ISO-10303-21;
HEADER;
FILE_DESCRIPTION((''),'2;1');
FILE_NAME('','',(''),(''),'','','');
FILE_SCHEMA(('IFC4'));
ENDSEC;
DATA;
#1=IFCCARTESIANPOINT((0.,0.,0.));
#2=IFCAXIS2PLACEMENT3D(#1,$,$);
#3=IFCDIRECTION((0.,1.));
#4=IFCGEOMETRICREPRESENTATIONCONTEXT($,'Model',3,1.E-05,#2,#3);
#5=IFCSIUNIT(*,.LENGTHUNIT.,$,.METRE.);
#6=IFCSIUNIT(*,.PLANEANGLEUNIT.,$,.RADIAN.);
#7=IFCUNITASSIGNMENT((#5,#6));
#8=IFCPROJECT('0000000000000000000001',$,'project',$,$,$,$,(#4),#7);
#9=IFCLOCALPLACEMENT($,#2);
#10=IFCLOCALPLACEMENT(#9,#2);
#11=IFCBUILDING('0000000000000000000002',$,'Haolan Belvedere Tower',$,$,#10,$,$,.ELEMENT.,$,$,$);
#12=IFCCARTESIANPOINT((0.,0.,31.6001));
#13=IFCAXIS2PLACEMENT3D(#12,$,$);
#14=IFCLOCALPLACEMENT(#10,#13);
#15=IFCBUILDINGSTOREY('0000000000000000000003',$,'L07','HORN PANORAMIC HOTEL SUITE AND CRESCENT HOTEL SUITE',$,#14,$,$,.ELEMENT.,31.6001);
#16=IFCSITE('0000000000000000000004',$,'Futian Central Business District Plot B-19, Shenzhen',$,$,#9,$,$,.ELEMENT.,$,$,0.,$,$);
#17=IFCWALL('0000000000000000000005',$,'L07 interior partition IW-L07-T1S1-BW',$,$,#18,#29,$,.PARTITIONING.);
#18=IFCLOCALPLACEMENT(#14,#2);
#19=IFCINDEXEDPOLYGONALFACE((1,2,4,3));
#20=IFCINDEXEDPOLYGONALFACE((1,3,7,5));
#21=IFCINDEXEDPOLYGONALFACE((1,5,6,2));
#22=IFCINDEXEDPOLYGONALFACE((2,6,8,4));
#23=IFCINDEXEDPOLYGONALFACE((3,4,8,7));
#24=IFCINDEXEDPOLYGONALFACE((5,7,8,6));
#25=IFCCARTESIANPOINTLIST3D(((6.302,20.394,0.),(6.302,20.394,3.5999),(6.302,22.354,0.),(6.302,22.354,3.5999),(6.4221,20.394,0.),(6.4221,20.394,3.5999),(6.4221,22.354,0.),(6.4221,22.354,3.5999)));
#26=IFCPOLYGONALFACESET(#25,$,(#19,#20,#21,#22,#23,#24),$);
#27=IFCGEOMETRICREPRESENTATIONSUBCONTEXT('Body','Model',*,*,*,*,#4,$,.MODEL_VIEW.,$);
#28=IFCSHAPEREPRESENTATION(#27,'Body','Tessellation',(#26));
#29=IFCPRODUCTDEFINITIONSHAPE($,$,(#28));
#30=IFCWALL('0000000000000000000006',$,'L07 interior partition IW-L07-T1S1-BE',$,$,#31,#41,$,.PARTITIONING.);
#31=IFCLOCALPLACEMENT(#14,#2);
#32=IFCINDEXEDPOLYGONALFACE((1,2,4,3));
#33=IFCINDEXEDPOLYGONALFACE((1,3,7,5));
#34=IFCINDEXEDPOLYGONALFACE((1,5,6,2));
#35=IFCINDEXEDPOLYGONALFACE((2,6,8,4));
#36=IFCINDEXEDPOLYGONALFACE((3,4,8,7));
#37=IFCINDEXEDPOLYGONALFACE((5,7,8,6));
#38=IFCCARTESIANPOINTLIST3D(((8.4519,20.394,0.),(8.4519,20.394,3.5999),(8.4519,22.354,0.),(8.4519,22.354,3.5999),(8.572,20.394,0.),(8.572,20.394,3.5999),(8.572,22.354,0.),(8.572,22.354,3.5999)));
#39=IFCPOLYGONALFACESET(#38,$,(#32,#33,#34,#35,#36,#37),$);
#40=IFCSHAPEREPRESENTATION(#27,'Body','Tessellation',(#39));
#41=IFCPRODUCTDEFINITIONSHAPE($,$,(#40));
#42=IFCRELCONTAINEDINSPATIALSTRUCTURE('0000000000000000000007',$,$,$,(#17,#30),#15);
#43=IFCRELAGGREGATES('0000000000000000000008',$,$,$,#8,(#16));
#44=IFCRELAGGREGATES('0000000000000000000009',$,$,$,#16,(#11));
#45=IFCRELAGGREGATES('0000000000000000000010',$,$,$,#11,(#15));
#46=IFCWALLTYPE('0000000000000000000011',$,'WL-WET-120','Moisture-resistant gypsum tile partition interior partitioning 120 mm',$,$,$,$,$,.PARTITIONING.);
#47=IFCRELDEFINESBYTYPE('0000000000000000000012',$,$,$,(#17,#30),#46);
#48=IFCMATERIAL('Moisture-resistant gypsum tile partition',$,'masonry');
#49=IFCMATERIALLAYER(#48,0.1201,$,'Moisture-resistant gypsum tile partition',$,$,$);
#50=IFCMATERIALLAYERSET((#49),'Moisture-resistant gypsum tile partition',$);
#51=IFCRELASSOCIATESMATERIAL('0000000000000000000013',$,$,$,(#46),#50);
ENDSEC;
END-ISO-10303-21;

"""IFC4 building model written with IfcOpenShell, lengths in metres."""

from ifc_helpers import new_model, si_unit, direction, frame, frame_2d, origin, place, context, subcontext, project, spatial, rectangle, extrude, material, layer, layer_set, type_object, element, save


model = new_model("IFC4")

# Units and contexts
model_context = context("Model", 3, precision=1e-05, world=origin(), true_north=direction((0.0, 1.0)))
body_context = subcontext(model_context, "Body", "Model", "MODEL_VIEW")
ifc_project = project(units=[si_unit("LENGTHUNIT", "METRE"), si_unit("PLANEANGLEUNIT", "RADIAN")], contexts=[model_context])

# Site, building, storey
site_placement = place(None, origin())
site = spatial("IfcSite", under=ifc_project, at=site_placement, Name="Futian Central Business District Plot B-19, Shenzhen", CompositionType="ELEMENT", RefElevation=0.0)
building_placement = place(site_placement, origin())
building = spatial("IfcBuilding", under=site, at=building_placement, Name="Haolan Belvedere Tower", CompositionType="ELEMENT")
storey_placement = place(building_placement, frame((0.0, 0.0, 31.6001)))
storey = spatial("IfcBuildingStorey", under=building, at=storey_placement, Name="L07", Description="HORN PANORAMIC HOTEL SUITE AND CRESCENT HOTEL SUITE", CompositionType="ELEMENT", Elevation=31.6001)

# Shared definitions
ifc_material_1 = material(Name="Moisture-resistant gypsum tile partition", Category="masonry")
ifc_layer_1 = layer(ifc_material_1, 0.1201, Name="Moisture-resistant gypsum tile partition")
ifc_layer_set_1 = layer_set([ifc_layer_1], Name="Moisture-resistant gypsum tile partition")
wall_type_1 = type_object("IfcWallType", Name="WL-WET-120", Description="Moisture-resistant gypsum tile partition interior partitioning 120 mm", PredefinedType="PARTITIONING", material=ifc_layer_set_1)

# Walls
for number, where, z_axis, x_axis, name in (
    (1, (6.3621, 20.394, 0.0), (0.0, 0.0, 1.0), (0.0, 1.0, 0.0), "L07 interior partition IW-L07-T1S1-BW"),
    (2, (8.512, 20.394, 0.0), (0.0, 0.0, 1.0), (0.0, 1.0, 0.0), "L07 interior partition IW-L07-T1S1-BE"),
):
    element("IfcWall", number, at=place(storey_placement, frame(where, z_axis=z_axis, x_axis=x_axis)), inside=storey, type_object=wall_type_1, Name=name, PredefinedType="PARTITIONING", context=body_context, shape_type="SweptSolid", body=[
        extrude(rectangle(XDim=1.96, YDim=0.1201, at=frame_2d((0.98, 0.0))), origin(), (0.0, 0.0, 1.0), 3.5999),
    ])

save(model, "model.ifc")
